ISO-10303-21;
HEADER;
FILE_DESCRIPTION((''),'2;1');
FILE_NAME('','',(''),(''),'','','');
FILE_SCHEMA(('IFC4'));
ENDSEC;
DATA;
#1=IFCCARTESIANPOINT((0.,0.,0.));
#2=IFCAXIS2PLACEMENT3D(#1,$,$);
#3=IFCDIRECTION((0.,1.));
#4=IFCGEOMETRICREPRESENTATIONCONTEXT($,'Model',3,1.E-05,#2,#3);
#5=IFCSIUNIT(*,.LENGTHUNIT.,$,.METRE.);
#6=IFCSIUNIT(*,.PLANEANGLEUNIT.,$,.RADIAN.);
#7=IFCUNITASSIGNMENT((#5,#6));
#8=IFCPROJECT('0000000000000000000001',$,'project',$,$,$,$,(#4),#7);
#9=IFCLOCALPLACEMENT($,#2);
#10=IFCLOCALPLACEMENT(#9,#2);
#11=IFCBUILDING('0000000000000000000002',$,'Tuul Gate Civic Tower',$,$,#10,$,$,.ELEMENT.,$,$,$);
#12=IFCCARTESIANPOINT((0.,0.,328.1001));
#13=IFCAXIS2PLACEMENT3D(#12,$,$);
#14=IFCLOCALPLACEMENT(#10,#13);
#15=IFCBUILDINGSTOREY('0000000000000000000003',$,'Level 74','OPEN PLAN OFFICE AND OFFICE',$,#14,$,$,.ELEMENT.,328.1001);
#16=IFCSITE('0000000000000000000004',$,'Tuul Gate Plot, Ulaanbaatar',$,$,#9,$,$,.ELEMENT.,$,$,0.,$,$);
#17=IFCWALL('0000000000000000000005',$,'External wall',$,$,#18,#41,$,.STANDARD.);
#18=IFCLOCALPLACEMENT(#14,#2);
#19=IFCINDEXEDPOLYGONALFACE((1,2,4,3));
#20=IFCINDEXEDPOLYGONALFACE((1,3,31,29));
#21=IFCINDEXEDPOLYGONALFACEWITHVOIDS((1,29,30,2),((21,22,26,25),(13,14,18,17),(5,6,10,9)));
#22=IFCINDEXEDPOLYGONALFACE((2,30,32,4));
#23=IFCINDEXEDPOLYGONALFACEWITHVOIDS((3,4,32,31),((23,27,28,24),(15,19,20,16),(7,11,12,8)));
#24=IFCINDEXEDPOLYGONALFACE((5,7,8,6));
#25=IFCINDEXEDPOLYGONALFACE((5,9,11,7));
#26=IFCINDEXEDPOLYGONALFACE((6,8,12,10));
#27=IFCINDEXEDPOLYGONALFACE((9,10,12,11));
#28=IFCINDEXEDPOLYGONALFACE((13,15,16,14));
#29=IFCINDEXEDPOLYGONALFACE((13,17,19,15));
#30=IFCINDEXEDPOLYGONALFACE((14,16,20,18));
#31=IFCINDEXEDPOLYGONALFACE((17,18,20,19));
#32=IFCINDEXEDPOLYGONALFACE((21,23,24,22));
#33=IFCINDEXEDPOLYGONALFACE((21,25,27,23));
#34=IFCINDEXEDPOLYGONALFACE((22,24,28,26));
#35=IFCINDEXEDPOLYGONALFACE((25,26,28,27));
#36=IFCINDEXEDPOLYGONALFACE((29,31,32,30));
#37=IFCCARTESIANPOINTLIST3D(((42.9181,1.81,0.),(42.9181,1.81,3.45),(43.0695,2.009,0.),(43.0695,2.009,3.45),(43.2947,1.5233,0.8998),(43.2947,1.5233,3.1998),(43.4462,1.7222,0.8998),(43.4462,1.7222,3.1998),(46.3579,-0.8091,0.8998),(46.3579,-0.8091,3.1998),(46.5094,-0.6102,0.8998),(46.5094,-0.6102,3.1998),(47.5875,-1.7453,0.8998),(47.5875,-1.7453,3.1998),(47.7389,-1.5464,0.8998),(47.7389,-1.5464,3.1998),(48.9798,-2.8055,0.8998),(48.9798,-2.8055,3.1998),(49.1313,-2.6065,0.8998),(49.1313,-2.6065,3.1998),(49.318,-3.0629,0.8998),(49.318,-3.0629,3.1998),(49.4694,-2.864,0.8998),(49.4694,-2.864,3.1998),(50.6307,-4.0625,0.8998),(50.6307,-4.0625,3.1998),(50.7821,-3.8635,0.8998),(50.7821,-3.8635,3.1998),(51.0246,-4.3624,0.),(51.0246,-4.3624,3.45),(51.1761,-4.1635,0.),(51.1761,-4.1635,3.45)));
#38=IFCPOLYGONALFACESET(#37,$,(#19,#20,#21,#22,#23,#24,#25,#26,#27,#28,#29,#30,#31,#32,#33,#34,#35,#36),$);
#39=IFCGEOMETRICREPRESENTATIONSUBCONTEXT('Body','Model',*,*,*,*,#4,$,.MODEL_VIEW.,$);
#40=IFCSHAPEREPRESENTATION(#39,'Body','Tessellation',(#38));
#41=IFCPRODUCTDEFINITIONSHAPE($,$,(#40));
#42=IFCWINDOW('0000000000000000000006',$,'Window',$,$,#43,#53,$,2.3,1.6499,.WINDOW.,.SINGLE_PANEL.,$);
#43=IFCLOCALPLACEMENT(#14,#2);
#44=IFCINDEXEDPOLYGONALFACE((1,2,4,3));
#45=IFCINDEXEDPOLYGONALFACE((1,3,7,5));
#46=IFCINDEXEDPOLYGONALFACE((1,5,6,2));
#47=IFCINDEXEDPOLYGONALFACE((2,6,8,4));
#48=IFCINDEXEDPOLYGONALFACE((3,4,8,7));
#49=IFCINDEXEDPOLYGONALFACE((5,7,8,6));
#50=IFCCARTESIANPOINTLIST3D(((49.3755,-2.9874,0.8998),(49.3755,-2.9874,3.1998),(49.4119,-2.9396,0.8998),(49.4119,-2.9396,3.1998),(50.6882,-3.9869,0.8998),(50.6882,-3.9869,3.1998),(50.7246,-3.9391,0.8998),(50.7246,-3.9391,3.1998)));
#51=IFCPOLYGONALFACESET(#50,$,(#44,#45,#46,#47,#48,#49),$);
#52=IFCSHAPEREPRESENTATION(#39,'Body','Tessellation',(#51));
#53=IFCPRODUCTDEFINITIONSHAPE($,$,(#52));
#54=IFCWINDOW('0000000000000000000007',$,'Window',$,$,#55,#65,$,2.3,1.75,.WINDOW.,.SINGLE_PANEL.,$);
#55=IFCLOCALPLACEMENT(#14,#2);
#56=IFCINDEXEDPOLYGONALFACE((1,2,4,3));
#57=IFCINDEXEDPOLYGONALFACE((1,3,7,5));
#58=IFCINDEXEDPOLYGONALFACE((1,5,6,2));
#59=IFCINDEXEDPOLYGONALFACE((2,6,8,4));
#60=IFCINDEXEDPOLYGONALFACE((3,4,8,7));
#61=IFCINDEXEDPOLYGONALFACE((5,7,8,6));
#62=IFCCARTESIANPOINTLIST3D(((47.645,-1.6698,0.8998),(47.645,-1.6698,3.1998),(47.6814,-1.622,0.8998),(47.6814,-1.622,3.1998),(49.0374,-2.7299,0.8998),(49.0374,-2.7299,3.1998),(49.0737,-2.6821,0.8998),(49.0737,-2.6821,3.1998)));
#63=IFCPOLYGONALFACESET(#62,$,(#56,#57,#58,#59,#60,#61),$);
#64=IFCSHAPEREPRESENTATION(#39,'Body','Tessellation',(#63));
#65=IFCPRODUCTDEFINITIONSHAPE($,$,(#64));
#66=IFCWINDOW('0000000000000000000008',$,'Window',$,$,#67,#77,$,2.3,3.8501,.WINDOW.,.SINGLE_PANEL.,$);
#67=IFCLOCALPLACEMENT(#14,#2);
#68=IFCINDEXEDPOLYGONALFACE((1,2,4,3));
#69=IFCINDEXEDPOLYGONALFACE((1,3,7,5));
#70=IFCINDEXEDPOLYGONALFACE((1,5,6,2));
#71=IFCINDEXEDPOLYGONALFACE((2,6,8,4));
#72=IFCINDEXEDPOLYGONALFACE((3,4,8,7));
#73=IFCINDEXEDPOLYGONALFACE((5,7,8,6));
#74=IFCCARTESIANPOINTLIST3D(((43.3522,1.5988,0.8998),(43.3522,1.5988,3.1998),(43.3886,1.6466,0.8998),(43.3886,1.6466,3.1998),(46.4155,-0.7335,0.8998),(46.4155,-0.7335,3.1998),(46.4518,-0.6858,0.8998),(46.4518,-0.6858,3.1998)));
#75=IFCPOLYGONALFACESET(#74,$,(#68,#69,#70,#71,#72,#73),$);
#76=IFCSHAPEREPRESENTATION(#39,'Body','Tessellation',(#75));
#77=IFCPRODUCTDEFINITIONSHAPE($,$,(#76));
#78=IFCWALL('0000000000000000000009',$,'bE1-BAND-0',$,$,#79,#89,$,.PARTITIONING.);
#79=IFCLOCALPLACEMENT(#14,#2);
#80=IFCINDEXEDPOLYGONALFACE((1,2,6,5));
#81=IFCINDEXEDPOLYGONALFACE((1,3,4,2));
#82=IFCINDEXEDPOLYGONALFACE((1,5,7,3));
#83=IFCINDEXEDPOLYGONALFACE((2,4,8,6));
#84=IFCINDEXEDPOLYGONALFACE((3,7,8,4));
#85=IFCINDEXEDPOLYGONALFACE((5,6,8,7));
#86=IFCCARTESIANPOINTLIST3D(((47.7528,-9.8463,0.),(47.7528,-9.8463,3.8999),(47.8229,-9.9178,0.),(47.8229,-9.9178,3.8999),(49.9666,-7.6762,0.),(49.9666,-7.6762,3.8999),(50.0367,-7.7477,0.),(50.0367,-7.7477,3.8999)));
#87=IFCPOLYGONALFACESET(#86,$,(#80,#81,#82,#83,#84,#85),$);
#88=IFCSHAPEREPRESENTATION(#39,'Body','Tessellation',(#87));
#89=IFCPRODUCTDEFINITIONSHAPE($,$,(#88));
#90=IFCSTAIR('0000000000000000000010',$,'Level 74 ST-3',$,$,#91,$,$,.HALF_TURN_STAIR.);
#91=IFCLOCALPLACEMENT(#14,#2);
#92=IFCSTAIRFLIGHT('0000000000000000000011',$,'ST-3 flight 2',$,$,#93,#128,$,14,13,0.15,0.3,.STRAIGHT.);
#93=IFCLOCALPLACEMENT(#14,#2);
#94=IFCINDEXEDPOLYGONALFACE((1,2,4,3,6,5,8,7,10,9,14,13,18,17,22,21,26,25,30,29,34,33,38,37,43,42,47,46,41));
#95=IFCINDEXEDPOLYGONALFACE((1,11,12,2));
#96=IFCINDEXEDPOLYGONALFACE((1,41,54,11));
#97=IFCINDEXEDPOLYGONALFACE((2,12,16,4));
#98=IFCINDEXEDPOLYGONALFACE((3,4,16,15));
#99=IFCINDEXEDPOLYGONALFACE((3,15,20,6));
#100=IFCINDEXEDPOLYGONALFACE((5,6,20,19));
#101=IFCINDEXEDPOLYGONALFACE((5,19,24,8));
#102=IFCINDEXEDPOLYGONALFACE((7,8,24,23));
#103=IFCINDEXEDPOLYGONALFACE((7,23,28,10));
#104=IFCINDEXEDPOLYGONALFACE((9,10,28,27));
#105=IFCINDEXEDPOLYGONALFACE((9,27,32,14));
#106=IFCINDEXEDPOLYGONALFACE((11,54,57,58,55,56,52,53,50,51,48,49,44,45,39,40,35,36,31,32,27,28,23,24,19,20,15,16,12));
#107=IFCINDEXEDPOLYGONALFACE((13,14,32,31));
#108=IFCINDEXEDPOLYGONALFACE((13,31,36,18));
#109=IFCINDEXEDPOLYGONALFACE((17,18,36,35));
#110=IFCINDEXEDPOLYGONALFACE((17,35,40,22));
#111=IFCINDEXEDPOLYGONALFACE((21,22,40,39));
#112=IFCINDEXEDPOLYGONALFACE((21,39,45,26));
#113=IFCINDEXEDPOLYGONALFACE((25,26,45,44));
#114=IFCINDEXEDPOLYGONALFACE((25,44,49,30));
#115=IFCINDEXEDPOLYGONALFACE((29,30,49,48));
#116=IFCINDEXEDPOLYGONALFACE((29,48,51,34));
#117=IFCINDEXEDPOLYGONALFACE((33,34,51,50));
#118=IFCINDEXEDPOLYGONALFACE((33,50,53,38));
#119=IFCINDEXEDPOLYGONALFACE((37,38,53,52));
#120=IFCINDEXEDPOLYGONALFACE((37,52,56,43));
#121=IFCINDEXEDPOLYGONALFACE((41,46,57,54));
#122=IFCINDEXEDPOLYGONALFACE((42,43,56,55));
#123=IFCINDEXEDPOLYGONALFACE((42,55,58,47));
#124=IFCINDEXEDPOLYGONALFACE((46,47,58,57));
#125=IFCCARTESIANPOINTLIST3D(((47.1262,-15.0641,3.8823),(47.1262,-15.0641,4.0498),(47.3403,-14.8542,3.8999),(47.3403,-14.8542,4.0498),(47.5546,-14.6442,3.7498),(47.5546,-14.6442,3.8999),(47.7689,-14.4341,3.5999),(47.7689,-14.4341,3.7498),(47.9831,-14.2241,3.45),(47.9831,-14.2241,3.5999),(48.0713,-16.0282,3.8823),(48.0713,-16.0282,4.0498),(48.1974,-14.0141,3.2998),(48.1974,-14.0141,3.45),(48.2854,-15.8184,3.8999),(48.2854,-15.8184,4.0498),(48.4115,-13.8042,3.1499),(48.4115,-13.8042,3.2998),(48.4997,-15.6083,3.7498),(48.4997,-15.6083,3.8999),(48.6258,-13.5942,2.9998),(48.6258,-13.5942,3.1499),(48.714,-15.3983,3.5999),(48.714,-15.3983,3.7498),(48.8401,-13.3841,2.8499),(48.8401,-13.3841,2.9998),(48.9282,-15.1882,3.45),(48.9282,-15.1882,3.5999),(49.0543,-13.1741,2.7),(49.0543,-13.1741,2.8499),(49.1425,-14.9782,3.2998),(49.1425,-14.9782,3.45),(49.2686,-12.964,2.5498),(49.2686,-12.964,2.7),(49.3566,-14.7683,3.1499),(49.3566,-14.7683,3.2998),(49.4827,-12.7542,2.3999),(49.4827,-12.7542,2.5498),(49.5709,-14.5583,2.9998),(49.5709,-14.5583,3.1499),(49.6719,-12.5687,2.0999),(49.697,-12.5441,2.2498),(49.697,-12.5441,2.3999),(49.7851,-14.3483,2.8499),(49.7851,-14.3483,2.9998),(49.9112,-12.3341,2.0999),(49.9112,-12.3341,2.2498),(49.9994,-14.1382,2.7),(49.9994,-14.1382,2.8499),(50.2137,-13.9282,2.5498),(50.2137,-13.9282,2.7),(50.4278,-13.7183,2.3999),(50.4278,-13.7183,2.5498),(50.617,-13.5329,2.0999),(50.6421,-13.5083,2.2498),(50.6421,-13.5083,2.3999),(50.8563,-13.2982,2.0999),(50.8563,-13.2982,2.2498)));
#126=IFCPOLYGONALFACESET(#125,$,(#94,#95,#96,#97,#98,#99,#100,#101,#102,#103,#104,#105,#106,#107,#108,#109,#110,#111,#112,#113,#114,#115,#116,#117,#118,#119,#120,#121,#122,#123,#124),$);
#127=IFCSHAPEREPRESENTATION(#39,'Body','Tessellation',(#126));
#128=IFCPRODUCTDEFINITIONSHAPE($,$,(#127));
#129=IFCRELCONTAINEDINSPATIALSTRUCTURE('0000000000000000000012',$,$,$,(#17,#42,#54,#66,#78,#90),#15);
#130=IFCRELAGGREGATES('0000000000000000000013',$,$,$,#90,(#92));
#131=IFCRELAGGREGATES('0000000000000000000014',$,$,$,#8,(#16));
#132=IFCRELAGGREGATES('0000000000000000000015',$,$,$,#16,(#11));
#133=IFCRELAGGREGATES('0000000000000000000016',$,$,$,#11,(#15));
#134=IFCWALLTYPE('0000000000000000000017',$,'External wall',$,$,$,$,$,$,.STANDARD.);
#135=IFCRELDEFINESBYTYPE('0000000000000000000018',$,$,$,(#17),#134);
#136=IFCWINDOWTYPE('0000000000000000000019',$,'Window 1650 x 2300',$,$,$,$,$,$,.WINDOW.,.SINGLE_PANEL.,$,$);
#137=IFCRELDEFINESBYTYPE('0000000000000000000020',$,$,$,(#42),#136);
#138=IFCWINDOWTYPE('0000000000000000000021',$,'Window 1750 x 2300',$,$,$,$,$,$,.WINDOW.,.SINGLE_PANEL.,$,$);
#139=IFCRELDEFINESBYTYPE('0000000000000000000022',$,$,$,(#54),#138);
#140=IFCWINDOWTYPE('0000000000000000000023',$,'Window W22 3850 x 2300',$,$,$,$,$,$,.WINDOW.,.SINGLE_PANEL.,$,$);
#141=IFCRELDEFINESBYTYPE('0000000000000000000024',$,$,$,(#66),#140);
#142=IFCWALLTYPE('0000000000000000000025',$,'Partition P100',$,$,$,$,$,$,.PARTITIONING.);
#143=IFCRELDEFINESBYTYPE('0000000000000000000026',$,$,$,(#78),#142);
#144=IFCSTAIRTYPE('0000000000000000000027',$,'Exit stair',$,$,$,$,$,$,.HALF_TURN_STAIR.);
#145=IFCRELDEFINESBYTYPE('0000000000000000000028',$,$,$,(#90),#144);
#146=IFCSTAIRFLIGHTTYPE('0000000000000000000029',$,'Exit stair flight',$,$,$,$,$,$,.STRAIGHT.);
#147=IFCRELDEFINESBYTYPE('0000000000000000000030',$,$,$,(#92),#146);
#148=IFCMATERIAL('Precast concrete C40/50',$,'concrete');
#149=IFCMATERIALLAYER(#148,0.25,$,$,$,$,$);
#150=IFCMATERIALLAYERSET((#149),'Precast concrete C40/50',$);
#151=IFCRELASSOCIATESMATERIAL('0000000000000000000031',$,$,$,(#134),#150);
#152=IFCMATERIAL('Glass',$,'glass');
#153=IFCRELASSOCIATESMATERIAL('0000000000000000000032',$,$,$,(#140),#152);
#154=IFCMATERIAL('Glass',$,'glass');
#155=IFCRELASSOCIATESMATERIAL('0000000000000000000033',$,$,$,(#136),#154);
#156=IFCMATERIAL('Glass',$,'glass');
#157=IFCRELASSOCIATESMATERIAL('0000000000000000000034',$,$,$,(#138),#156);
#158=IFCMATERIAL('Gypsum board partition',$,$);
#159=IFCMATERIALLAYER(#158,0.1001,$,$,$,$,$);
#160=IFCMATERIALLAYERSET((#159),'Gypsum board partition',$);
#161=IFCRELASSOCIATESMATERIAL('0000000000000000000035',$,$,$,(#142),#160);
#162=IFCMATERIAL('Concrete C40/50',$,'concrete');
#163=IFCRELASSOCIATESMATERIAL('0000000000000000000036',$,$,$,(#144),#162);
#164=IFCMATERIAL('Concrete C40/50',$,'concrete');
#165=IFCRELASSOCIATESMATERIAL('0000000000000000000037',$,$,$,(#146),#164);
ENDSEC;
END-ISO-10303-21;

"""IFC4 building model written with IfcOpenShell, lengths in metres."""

from ifc_helpers import new_model, si_unit, direction, frame, frame_2d, origin, place, context, subcontext, project, spatial, polyline, rectangle, outline, extrude, material, layer, layer_set, type_object, element, fill, aggregate, save


model = new_model("IFC4")

# Units and contexts
model_context = context("Model", 3, precision=1e-05, world=origin(), true_north=direction((0.0, 1.0)))
body_context = subcontext(model_context, "Body", "Model", "MODEL_VIEW")
ifc_project = project(units=[si_unit("LENGTHUNIT", "METRE"), si_unit("PLANEANGLEUNIT", "RADIAN")], contexts=[model_context])

# Site, building, storey
site_placement = place(None, origin())
site = spatial("IfcSite", under=ifc_project, at=site_placement, Name="Tuul Gate Plot, Ulaanbaatar", CompositionType="ELEMENT", RefElevation=0.0)
building_placement = place(site_placement, origin())
building = spatial("IfcBuilding", under=site, at=building_placement, Name="Tuul Gate Civic Tower", CompositionType="ELEMENT")
storey_placement = place(building_placement, frame((0.0, 0.0, 328.1001)))
storey = spatial("IfcBuildingStorey", under=building, at=storey_placement, Name="Level 74", Description="OPEN PLAN OFFICE AND OFFICE", CompositionType="ELEMENT", Elevation=328.1001)

# Wall, openings, windows
ifc_material_1 = material(Name="Precast concrete C40/50", Category="concrete")
ifc_layer_1 = layer(ifc_material_1, 0.25)
ifc_layer_set_1 = layer_set([ifc_layer_1], Name="Precast concrete C40/50")
wall_type_1 = type_object("IfcWallType", Name="External wall", PredefinedType="STANDARD", material=ifc_layer_set_1)
ifc_material_2 = material(Name="Glass", Category="glass")
window_type_1 = type_object("IfcWindowType", Name="Window W22 3850 x 2300", PartitioningType="SINGLE_PANEL", PredefinedType="WINDOW", material=ifc_material_2)
wall_1_placement = place(storey_placement, frame((51.1003, -4.2629, 0.0), z_axis=(0.0, 0.0, 1.0), x_axis=(-0.79562, 0.605796, 0.0)))
wall_1 = element("IfcWall", 1, at=wall_1_placement, inside=storey, type_object=wall_type_1, Name="External wall", PredefinedType="STANDARD", context=body_context, shape_type="SweptSolid", body=[
    extrude(rectangle(XDim=10.189, YDim=0.25, at=frame_2d((5.0945, 0.0))), origin(), (0.0, 0.0, 1.0), 3.45),
])
opening_1_placement = place(wall_1_placement, frame((5.8655, 0.0, 0.8999)))
opening_1 = element("IfcOpeningElement", 2, at=opening_1_placement, cuts=wall_1, PredefinedType="OPENING", context=body_context, shape_type="SweptSolid", body=[
    extrude(rectangle(XDim=3.8501, YDim=2.3, at=frame_2d((1.925, 1.1499))), frame((0.0, 0.135, 0.0), z_axis=(0.0, -1.0, 0.0), x_axis=(1.0, 0.0, 0.0)), (0.0, 0.0, 1.0), 0.27),
])
opening_2_placement = place(wall_1_placement, frame((0.4951, 0.0, 0.8999)))
opening_2 = element("IfcOpeningElement", 3, at=opening_2_placement, cuts=wall_1, PredefinedType="OPENING", context=body_context, shape_type="SweptSolid", body=[
    extrude(rectangle(XDim=1.6499, YDim=2.3, at=frame_2d((0.825, 1.1499))), frame((0.0, 0.135, 0.0), z_axis=(0.0, -1.0, 0.0), x_axis=(1.0, 0.0, 0.0)), (0.0, 0.0, 1.0), 0.27),
])
opening_3_placement = place(wall_1_placement, frame((2.5701, 0.0, 0.8999)))
opening_3 = element("IfcOpeningElement", 4, at=opening_3_placement, cuts=wall_1, PredefinedType="OPENING", context=body_context, shape_type="SweptSolid", body=[
    extrude(rectangle(XDim=1.75, YDim=2.3, at=frame_2d((0.875, 1.1499))), frame((0.0, 0.135, 0.0), z_axis=(0.0, -1.0, 0.0), x_axis=(1.0, 0.0, 0.0)), (0.0, 0.0, 1.0), 0.27),
])
ifc_material_3 = material(Name="Glass", Category="glass")
window_type_2 = type_object("IfcWindowType", Name="Window 1650 x 2300", PartitioningType="SINGLE_PANEL", PredefinedType="WINDOW", material=ifc_material_3)
window_1_placement = place(opening_2_placement, origin())
window_1 = element("IfcWindow", 5, at=window_1_placement, inside=storey, type_object=window_type_2, Name="Window", OverallHeight=2.3, OverallWidth=1.6499, PartitioningType="SINGLE_PANEL", PredefinedType="WINDOW", context=body_context, shape_type="SweptSolid", body=[
    extrude(rectangle(XDim=1.6499, YDim=2.3, at=frame_2d((0.825, 1.1499))), frame((0.0, 0.03, 0.0), z_axis=(0.0, -1.0, 0.0), x_axis=(1.0, 0.0, 0.0)), (0.0, 0.0, 1.0), 0.0601),
])
fill(opening_2, window_1)
ifc_material_4 = material(Name="Glass", Category="glass")
window_type_3 = type_object("IfcWindowType", Name="Window 1750 x 2300", PartitioningType="SINGLE_PANEL", PredefinedType="WINDOW", material=ifc_material_4)
window_2_placement = place(opening_3_placement, origin())
window_2 = element("IfcWindow", 6, at=window_2_placement, inside=storey, type_object=window_type_3, Name="Window", OverallHeight=2.3, OverallWidth=1.75, PartitioningType="SINGLE_PANEL", PredefinedType="WINDOW", context=body_context, shape_type="SweptSolid", body=[
    extrude(rectangle(XDim=1.75, YDim=2.3, at=frame_2d((0.875, 1.1499))), frame((0.0, 0.03, 0.0), z_axis=(0.0, -1.0, 0.0), x_axis=(1.0, 0.0, 0.0)), (0.0, 0.0, 1.0), 0.0601),
])
fill(opening_3, window_2)
window_3_placement = place(opening_1_placement, origin())
window_3 = element("IfcWindow", 7, at=window_3_placement, inside=storey, type_object=window_type_1, Name="Window", OverallHeight=2.3, OverallWidth=3.8501, PartitioningType="SINGLE_PANEL", PredefinedType="WINDOW", context=body_context, shape_type="SweptSolid", body=[
    extrude(rectangle(XDim=3.8501, YDim=2.3, at=frame_2d((1.925, 1.1499))), frame((0.0, 0.03, 0.0), z_axis=(0.0, -1.0, 0.0), x_axis=(1.0, 0.0, 0.0)), (0.0, 0.0, 1.0), 0.0601),
])
fill(opening_1, window_3)

# Wall
ifc_material_5 = material(Name="Gypsum board partition")
ifc_layer_2 = layer(ifc_material_5, 0.1001)
ifc_layer_set_2 = layer_set([ifc_layer_2], Name="Gypsum board partition")
wall_type_2 = type_object("IfcWallType", Name="Partition P100", PredefinedType="PARTITIONING", material=ifc_layer_set_2)
wall_2_placement = place(storey_placement, frame((47.7878, -9.8821, 0.0), z_axis=(0.0, 0.0, 1.0), x_axis=(0.71412, 0.700023, 0.0)))
element("IfcWall", 8, at=wall_2_placement, inside=storey, type_object=wall_type_2, Name="bE1-BAND-0", PredefinedType="PARTITIONING", context=body_context, shape_type="SweptSolid", body=[
    extrude(rectangle(XDim=3.1001, YDim=0.1001, at=frame_2d((1.55, 0.0))), origin(), (0.0, 0.0, 1.0), 3.8999),
])

# Stair, stair flight
ifc_material_6 = material(Name="Concrete C40/50", Category="concrete")
stair_type = type_object("IfcStairType", Name="Exit stair", PredefinedType="HALF_TURN_STAIR", material=ifc_material_6)
stair_placement = place(storey_placement, origin())
stair = element("IfcStair", 9, at=stair_placement, inside=storey, type_object=stair_type, Name="Level 74 ST-3", PredefinedType="HALF_TURN_STAIR")
ifc_material_7 = material(Name="Concrete C40/50", Category="concrete")
stair_flight_type = type_object("IfcStairFlightType", Name="Exit stair flight", PredefinedType="STRAIGHT", material=ifc_material_7)
stair_flight_placement = place(storey_placement, frame((50.3838, -12.8162, 2.0999), z_axis=(0.0, 0.0, 1.0), x_axis=(-0.714127, -0.700016, 0.0)))
stair_flight = element("IfcStairFlight", 10, at=stair_flight_placement, type_object=stair_flight_type, Name="ST-3 flight 2", NumberOfRisers=14, NumberOfTreads=13, PredefinedType="STRAIGHT", RiserHeight=0.15, TreadLength=0.3, context=body_context, shape_type="SweptSolid", body=[
    extrude(outline(polyline([(0.0, 0.0), (0.0, 0.1499), (0.3, 0.1499), (0.3, 0.3), (0.6001, 0.3), (0.6001, 0.45), (0.8999, 0.45), (0.8999, 0.6001), (1.2, 0.6001), (1.2, 0.75), (1.5, 0.75), (1.5, 0.8999), (1.8, 0.8999), (1.8, 1.05), (2.1001, 1.05), (2.1001, 1.2), (2.3999, 1.2), (2.3999, 1.3501), (2.7, 1.3501), (2.7, 1.5), (3.0, 1.5), (3.0, 1.6499), (3.3, 1.6499), (3.3, 1.8), (3.6001, 1.8), (3.6001, 1.95), (3.8999, 1.95), (3.8999, 2.1001), (3.8999, 1.7825), (0.3352, 0.0), (0.0, 0.0)])), frame((0.0, 0.675, 0.0), z_axis=(0.0, -1.0, 0.0), x_axis=(1.0, 0.0, 0.0)), (0.0, 0.0, 1.0), 1.3501),
])
aggregate(stair, [stair_flight])

save(model, "model.ifc")
